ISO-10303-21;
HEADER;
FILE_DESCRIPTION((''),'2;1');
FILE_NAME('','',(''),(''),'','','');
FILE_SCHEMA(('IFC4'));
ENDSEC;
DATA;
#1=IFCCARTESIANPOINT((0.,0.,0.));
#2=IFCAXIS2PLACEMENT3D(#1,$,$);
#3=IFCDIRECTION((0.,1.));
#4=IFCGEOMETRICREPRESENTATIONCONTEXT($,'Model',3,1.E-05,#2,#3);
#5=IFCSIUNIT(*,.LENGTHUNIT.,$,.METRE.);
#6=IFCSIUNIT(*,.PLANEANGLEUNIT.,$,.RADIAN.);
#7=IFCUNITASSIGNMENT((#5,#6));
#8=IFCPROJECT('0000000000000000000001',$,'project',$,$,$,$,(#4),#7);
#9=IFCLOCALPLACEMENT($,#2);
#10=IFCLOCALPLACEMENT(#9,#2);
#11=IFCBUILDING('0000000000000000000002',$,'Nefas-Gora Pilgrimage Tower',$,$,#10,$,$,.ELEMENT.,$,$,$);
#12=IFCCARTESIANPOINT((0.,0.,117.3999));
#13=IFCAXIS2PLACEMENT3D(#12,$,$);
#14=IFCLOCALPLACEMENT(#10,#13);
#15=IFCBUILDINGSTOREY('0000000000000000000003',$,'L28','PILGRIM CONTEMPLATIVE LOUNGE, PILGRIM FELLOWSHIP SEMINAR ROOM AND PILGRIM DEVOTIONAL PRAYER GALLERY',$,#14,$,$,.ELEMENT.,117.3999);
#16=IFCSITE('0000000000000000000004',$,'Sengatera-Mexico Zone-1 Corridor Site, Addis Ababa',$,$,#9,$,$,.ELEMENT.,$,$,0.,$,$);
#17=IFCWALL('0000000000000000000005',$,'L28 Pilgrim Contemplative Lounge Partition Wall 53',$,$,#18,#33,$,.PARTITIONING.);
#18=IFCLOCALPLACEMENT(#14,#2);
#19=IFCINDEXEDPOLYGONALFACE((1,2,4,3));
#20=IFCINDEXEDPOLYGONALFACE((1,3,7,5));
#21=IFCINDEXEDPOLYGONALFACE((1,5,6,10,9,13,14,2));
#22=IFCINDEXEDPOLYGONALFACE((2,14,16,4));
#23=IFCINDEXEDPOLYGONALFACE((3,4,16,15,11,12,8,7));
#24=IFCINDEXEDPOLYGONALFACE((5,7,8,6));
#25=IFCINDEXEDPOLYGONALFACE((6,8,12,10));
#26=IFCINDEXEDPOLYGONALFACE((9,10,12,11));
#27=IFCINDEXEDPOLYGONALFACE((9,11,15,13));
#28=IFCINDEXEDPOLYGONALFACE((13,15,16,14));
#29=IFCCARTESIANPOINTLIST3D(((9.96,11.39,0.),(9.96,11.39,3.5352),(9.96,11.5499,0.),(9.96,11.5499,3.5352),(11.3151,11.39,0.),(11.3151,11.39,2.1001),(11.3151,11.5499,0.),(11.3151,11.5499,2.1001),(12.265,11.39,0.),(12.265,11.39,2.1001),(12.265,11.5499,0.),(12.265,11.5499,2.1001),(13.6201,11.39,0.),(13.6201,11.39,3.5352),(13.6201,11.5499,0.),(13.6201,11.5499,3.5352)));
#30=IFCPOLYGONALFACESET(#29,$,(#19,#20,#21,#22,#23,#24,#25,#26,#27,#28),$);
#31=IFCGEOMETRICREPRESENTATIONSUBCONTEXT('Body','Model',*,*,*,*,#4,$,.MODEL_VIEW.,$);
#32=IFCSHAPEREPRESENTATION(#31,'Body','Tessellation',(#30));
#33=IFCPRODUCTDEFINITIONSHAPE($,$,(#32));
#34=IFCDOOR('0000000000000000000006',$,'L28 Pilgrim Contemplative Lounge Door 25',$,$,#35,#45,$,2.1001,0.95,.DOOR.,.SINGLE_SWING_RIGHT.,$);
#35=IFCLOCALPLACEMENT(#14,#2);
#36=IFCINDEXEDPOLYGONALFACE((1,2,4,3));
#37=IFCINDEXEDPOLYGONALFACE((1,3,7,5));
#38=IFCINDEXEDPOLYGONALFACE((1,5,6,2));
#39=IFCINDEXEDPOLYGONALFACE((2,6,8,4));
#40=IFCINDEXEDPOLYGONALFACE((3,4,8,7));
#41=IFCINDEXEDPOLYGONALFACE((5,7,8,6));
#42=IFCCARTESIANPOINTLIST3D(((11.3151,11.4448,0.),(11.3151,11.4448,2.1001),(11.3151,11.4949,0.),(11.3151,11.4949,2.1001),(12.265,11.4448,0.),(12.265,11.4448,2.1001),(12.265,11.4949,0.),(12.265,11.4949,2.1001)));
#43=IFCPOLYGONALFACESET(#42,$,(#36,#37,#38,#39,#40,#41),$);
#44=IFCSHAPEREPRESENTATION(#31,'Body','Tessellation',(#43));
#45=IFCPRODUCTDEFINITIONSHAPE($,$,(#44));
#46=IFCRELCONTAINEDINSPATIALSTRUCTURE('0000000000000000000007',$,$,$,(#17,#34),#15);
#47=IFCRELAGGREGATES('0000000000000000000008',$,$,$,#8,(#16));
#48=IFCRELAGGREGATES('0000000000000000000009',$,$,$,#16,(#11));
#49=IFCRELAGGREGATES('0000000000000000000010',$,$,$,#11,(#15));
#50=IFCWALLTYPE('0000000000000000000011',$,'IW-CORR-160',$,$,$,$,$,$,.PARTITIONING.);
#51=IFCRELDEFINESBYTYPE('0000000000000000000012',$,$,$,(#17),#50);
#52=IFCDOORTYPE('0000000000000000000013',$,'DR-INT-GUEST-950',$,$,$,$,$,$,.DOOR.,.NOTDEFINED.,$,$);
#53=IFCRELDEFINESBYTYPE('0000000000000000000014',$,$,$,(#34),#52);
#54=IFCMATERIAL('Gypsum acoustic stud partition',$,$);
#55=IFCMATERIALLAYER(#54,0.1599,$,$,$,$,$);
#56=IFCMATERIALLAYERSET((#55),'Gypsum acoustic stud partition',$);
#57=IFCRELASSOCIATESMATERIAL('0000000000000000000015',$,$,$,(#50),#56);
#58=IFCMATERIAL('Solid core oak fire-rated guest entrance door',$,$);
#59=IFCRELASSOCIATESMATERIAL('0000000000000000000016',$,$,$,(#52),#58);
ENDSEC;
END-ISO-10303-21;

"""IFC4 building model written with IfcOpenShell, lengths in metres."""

from ifc_helpers import new_model, si_unit, direction, frame, frame_2d, origin, place, context, subcontext, project, spatial, rectangle, extrude, source, transform, mapped, material, layer, layer_set, type_object, element, fill, save


model = new_model("IFC4")

# Units and contexts
model_context = context("Model", 3, precision=1e-05, world=origin(), true_north=direction((0.0, 1.0)))
body_context = subcontext(model_context, "Body", "Model", "MODEL_VIEW")
ifc_project = project(units=[si_unit("LENGTHUNIT", "METRE"), si_unit("PLANEANGLEUNIT", "RADIAN")], contexts=[model_context])

# Site, building, storey
site_placement = place(None, origin())
site = spatial("IfcSite", under=ifc_project, at=site_placement, Name="Sengatera-Mexico Zone-1 Corridor Site, Addis Ababa", CompositionType="ELEMENT", RefElevation=0.0)
building_placement = place(site_placement, origin())
building = spatial("IfcBuilding", under=site, at=building_placement, Name="Nefas-Gora Pilgrimage Tower", CompositionType="ELEMENT")
storey_placement = place(building_placement, frame((0.0, 0.0, 117.3999)))
storey = spatial("IfcBuildingStorey", under=building, at=storey_placement, Name="L28", Description="PILGRIM CONTEMPLATIVE LOUNGE, PILGRIM FELLOWSHIP SEMINAR ROOM AND PILGRIM DEVOTIONAL PRAYER GALLERY", CompositionType="ELEMENT", Elevation=117.3999)

# Wall, opening, door
ifc_material_1 = material(Name="Gypsum acoustic stud partition")
ifc_layer_1 = layer(ifc_material_1, 0.1599)
ifc_layer_set_1 = layer_set([ifc_layer_1], Name="Gypsum acoustic stud partition")
wall_type_1 = type_object("IfcWallType", Name="IW-CORR-160", PredefinedType="PARTITIONING", material=ifc_layer_set_1)
ifc_material_2 = material(Name="Solid core oak fire-rated guest entrance door")
door_type = type_object("IfcDoorType", Name="DR-INT-GUEST-950", OperationType="NOTDEFINED", PredefinedType="DOOR", material=ifc_material_2)
shared_shape_1 = source(origin(), body_context, "Body", "SweptSolid", [
    extrude(rectangle(XDim=0.95, YDim=2.1001, at=frame_2d((0.4751, 1.05))), frame((0.0, 0.0249, 0.0), z_axis=(0.0, -1.0, 0.0), x_axis=(1.0, 0.0, 0.0)), (0.0, 0.0, 1.0), 0.05),
])
shared_shape_2 = source(origin(), body_context, "Body", "SweptSolid", [
    extrude(rectangle(XDim=3.6602, YDim=0.1599, at=frame_2d((1.8301, 0.0))), origin(), (0.0, 0.0, 1.0), 3.5352),
])
wall_1_placement = place(storey_placement, frame((9.96, 11.47, 0.0), z_axis=(0.0, 0.0, 1.0), x_axis=(1.0, 0.0, 0.0)))
wall_1 = element("IfcWall", 1, at=wall_1_placement, inside=storey, type_object=wall_type_1, Name="L28 Pilgrim Contemplative Lounge Partition Wall 53", PredefinedType="PARTITIONING", context=body_context, shape_type="MappedRepresentation", body=[
    mapped(shared_shape_2, transform((0.0, 0.0, 0.0), x_axis=(1.0, 0.0, 0.0), y_axis=(0.0, 1.0, 0.0), z_axis=(0.0, 0.0, 1.0), scale=1.0)),
])
opening_1_placement = place(wall_1_placement, frame((1.355, 0.0, 0.0)))
opening_1 = element("IfcOpeningElement", 2, at=opening_1_placement, cuts=wall_1, PredefinedType="OPENING", context=body_context, shape_type="SweptSolid", body=[
    extrude(rectangle(XDim=0.95, YDim=2.1001, at=frame_2d((0.4751, 1.05))), frame((0.0, 0.0898, 0.0), z_axis=(0.0, -1.0, 0.0), x_axis=(1.0, 0.0, 0.0)), (0.0, 0.0, 1.0), 0.1799),
])
door_1_placement = place(opening_1_placement, origin())
door_1 = element("IfcDoor", 3, at=door_1_placement, inside=storey, type_object=door_type, Name="L28 Pilgrim Contemplative Lounge Door 25", OperationType="SINGLE_SWING_RIGHT", OverallHeight=2.1001, OverallWidth=0.95, PredefinedType="DOOR", context=body_context, shape_type="MappedRepresentation", body=[
    mapped(shared_shape_1, transform((0.0, 0.0, 0.0), x_axis=(1.0, 0.0, 0.0), y_axis=(0.0, 1.0, 0.0), z_axis=(0.0, 0.0, 1.0), scale=1.0)),
])
fill(opening_1, door_1)

save(model, "model.ifc")
